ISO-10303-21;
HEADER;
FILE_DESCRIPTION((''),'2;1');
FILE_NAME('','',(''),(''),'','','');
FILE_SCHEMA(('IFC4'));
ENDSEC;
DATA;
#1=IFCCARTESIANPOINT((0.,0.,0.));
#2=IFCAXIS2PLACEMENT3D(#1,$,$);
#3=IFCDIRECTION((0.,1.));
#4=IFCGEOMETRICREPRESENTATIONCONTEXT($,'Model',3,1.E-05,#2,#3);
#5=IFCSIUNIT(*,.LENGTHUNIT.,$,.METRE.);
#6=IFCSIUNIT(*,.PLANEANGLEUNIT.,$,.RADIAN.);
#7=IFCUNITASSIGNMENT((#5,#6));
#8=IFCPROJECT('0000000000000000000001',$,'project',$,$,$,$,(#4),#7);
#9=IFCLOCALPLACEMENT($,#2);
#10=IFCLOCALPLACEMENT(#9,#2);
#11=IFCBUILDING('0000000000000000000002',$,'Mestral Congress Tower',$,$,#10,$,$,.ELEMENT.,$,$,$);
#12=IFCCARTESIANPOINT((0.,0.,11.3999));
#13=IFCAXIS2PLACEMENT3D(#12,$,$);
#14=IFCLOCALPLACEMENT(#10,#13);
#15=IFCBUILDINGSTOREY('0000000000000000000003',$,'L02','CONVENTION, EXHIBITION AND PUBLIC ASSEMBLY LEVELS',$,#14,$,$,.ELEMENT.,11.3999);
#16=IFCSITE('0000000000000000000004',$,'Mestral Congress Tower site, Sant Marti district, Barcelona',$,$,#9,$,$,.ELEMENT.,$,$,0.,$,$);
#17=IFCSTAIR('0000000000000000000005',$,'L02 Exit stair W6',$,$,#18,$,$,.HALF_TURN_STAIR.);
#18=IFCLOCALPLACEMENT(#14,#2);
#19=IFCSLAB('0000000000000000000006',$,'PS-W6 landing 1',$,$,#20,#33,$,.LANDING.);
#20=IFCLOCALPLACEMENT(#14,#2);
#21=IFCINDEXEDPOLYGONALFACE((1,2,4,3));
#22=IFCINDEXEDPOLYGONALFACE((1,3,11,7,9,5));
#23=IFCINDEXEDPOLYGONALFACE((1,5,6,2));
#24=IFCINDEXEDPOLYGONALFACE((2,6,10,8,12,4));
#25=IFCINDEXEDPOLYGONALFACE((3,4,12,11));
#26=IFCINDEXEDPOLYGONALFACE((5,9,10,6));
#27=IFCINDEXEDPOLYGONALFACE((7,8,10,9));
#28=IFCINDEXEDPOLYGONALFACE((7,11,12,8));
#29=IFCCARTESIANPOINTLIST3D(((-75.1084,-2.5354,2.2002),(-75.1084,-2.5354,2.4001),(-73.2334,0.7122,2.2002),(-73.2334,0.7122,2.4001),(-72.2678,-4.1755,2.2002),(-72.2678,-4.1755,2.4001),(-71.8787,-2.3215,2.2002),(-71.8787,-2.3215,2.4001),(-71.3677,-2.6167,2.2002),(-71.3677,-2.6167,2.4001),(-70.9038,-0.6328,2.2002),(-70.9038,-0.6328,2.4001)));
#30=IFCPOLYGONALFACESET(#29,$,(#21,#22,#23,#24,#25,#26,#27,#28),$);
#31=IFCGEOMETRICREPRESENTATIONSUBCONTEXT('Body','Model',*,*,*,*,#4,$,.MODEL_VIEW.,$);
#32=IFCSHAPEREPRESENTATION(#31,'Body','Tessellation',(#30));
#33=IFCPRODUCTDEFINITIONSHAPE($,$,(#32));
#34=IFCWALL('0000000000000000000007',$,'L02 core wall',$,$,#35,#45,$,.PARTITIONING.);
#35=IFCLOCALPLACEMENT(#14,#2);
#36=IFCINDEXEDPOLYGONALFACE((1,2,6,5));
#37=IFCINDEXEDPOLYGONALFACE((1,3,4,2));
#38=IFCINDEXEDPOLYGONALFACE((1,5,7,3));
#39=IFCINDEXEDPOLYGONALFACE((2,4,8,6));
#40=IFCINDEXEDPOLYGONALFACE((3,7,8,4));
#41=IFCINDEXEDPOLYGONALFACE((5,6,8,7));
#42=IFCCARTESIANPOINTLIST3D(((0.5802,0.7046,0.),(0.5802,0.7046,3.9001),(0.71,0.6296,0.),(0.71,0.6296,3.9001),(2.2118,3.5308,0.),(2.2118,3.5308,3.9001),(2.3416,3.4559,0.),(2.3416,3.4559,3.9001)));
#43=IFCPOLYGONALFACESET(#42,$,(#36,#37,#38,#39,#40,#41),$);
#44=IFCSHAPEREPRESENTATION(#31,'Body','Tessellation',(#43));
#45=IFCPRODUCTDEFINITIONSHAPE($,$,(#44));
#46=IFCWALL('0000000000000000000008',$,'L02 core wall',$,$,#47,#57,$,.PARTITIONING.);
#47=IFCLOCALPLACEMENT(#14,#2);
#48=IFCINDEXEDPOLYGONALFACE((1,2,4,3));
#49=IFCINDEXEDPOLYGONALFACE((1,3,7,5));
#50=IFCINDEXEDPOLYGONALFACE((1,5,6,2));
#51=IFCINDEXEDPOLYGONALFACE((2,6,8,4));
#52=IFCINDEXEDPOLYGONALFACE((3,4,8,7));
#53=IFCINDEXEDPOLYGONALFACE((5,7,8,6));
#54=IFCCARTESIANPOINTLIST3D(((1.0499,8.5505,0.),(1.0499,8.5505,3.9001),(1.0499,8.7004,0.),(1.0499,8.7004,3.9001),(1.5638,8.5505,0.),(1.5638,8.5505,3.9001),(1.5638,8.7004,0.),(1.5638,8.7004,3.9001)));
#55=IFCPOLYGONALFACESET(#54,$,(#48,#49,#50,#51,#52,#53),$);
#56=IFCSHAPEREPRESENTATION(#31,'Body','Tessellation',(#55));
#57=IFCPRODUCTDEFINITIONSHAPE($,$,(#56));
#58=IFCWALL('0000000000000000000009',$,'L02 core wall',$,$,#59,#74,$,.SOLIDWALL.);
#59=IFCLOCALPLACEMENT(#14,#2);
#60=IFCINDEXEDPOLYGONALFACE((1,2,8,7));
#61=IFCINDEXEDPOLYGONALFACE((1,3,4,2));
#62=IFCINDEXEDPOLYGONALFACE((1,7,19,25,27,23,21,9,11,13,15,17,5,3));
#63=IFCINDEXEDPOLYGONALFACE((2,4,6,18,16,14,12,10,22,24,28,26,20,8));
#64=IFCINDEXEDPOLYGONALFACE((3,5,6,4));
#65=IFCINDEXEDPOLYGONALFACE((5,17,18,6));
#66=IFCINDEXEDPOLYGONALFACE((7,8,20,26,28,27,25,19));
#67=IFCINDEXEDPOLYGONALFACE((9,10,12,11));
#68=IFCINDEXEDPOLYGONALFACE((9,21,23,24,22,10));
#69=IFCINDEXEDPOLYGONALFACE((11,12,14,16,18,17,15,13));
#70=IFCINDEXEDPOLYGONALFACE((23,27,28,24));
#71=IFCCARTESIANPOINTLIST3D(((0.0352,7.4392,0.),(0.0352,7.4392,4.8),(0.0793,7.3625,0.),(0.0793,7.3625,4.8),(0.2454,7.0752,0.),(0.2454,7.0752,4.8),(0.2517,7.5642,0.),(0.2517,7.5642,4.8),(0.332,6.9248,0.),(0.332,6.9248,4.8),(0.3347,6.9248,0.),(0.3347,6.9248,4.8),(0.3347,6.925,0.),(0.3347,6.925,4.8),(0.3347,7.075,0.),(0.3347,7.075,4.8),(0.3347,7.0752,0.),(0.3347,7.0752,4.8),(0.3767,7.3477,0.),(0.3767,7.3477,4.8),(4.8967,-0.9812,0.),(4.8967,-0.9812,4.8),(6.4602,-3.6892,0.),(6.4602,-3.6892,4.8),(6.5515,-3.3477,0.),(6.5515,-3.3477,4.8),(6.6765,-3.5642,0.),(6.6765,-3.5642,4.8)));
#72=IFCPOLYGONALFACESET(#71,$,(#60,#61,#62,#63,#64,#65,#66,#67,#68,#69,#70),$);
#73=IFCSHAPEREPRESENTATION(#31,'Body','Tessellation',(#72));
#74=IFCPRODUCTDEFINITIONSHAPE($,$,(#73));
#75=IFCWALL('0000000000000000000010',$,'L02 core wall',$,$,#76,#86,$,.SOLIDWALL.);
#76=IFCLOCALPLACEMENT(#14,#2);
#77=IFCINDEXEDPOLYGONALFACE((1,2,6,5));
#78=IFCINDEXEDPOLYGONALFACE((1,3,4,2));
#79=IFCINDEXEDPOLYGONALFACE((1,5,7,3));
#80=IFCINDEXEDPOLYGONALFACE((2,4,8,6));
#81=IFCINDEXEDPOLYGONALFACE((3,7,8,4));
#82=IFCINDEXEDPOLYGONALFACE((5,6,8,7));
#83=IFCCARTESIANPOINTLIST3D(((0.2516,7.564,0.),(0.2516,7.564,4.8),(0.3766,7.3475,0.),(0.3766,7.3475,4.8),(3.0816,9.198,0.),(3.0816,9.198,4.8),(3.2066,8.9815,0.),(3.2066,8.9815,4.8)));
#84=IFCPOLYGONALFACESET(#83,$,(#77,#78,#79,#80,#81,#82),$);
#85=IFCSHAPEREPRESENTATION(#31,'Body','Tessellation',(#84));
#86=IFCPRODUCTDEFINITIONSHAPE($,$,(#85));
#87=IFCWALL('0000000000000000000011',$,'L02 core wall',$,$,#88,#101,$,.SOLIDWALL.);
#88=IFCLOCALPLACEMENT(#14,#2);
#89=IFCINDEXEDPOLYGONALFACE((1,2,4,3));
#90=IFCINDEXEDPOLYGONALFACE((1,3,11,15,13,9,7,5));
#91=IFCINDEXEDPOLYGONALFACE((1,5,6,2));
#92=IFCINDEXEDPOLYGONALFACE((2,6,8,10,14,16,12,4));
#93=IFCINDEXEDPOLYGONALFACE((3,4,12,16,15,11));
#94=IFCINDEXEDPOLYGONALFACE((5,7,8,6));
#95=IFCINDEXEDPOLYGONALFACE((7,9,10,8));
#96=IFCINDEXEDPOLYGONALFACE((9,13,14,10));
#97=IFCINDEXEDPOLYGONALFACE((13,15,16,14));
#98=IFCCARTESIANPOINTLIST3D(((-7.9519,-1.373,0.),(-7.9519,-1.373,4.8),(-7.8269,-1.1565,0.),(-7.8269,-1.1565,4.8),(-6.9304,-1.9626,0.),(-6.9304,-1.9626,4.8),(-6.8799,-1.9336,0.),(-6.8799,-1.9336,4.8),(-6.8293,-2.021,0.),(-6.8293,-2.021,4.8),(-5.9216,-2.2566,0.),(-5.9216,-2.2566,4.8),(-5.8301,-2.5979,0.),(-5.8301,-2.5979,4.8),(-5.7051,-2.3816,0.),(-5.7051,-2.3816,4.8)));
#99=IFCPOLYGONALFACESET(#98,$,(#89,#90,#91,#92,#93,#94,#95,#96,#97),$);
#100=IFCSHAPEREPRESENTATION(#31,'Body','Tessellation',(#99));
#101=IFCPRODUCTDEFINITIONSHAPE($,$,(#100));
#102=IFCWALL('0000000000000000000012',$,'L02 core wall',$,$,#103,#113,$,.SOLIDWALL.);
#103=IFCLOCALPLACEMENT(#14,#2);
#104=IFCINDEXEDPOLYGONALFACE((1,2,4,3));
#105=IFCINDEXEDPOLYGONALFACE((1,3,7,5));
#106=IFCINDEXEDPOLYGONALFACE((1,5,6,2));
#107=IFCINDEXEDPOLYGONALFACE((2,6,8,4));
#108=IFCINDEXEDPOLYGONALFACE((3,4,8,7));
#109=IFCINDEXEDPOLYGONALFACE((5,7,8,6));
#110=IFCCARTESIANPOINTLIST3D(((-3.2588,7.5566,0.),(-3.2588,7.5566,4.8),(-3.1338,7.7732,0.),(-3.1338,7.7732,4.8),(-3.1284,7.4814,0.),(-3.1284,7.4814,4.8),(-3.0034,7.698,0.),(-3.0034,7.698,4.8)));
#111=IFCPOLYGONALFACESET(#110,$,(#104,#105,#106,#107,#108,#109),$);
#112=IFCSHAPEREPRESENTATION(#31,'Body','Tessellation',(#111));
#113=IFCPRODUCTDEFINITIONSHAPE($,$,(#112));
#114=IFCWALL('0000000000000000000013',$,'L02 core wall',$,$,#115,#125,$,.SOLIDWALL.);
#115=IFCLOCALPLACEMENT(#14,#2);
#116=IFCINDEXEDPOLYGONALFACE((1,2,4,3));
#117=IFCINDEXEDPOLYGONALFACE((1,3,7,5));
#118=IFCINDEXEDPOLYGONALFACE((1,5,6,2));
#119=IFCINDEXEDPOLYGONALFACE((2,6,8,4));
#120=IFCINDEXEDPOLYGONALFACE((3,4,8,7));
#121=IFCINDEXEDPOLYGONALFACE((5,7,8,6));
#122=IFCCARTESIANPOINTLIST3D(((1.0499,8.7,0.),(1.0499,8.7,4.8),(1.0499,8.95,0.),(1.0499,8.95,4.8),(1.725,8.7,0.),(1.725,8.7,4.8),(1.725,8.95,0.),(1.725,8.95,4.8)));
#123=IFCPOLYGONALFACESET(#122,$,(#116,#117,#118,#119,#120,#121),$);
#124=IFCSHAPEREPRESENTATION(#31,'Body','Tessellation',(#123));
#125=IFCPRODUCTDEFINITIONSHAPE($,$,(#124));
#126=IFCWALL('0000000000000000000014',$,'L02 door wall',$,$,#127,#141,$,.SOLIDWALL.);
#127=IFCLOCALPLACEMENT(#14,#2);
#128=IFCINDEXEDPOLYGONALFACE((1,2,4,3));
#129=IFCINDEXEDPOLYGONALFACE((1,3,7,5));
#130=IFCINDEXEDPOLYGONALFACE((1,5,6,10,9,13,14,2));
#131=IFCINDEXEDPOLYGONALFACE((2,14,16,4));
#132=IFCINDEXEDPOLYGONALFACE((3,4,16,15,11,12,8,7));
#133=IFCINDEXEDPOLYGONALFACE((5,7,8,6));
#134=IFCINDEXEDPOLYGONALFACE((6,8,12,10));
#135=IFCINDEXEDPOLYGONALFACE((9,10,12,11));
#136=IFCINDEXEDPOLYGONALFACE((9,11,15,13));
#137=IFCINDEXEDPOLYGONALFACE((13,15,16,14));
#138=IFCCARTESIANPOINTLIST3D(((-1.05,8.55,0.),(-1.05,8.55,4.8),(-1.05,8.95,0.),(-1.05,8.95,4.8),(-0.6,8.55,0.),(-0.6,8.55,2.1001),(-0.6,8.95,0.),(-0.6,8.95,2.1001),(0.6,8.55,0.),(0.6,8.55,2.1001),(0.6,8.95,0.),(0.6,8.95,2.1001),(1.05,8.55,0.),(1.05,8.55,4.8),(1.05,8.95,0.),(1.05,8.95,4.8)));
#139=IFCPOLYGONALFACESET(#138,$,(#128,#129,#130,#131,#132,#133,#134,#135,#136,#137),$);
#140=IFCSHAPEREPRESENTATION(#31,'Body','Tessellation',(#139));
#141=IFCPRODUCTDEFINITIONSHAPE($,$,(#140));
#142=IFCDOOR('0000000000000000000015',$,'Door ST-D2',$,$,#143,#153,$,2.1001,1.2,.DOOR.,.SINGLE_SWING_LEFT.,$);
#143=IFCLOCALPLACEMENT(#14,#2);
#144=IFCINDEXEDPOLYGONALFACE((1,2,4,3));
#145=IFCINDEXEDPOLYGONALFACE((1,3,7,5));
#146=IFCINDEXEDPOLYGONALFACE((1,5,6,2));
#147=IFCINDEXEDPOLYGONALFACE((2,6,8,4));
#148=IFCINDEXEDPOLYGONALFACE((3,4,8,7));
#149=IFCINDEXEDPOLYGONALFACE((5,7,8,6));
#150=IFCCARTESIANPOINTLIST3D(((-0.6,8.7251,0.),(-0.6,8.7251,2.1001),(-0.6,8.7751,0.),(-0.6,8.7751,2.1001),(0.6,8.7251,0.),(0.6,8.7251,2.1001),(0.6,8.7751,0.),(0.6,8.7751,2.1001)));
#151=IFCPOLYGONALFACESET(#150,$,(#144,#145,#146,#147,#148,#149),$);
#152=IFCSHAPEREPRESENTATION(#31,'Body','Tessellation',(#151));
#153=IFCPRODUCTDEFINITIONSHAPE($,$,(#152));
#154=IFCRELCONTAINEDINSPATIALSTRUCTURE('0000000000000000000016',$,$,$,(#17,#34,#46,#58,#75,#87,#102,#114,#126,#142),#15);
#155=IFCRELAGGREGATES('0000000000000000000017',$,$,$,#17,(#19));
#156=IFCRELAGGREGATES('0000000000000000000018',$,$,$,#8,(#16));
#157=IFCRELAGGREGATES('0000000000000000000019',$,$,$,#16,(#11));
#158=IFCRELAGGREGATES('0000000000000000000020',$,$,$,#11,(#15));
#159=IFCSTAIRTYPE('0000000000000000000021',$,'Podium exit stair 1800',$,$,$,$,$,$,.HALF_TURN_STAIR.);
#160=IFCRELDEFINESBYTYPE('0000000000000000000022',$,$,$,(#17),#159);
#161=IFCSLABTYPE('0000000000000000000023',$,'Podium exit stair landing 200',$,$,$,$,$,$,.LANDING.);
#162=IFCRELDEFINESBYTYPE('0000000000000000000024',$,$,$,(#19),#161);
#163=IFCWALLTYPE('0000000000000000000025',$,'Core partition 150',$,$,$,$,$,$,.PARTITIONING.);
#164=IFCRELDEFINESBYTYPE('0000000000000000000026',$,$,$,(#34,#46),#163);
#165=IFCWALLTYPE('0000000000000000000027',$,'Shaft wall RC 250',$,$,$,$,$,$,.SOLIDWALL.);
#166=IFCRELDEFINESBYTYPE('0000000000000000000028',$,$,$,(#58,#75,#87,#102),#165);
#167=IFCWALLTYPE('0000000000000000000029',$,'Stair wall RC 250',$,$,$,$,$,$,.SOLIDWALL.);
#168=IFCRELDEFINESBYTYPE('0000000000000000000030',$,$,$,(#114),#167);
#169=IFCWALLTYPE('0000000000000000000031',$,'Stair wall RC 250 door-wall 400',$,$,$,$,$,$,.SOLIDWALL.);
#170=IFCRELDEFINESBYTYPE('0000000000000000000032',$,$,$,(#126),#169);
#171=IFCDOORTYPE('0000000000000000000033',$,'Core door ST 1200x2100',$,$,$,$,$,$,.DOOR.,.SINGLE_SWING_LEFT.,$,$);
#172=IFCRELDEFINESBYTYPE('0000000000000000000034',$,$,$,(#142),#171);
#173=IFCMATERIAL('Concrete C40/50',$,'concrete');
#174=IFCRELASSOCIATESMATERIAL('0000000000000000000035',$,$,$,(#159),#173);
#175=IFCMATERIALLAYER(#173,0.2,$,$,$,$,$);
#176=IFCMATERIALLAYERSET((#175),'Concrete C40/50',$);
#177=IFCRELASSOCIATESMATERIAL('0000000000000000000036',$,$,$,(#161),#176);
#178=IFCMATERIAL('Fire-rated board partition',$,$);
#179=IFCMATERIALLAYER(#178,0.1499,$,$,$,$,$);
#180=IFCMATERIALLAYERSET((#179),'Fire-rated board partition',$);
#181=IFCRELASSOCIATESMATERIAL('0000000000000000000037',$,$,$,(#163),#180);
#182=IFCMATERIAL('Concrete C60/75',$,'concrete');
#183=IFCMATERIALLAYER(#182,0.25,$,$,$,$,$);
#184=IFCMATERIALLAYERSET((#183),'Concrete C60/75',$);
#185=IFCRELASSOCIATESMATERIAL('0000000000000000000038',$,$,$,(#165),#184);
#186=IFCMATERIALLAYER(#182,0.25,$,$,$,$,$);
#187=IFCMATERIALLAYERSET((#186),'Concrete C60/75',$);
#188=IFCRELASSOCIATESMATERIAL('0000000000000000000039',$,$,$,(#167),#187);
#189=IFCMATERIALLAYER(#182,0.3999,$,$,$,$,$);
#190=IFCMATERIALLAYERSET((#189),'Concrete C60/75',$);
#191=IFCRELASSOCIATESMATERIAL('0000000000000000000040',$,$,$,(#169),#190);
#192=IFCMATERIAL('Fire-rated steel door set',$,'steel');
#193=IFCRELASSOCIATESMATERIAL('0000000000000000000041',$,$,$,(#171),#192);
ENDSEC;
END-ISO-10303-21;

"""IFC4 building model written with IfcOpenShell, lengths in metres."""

from ifc_helpers import new_model, si_unit, direction, frame, frame_2d, origin, place, context, subcontext, project, spatial, polyline, rectangle, outline, extrude, material, layer, layer_set, type_object, element, fill, aggregate, save


model = new_model("IFC4")

# Units and contexts
model_context = context("Model", 3, precision=1e-05, world=origin(), true_north=direction((0.0, 1.0)))
body_context = subcontext(model_context, "Body", "Model", "MODEL_VIEW")
ifc_project = project(units=[si_unit("LENGTHUNIT", "METRE"), si_unit("PLANEANGLEUNIT", "RADIAN")], contexts=[model_context])

# Site, building, storey
site_placement = place(None, origin())
site = spatial("IfcSite", under=ifc_project, at=site_placement, Name="Mestral Congress Tower site, Sant Marti district, Barcelona", CompositionType="ELEMENT", RefElevation=0.0)
building_placement = place(site_placement, origin())
building = spatial("IfcBuilding", under=site, at=building_placement, Name="Mestral Congress Tower", CompositionType="ELEMENT")
storey_placement = place(building_placement, frame((0.0, 0.0, 11.3999)))
storey = spatial("IfcBuildingStorey", under=building, at=storey_placement, Name="L02", Description="CONVENTION, EXHIBITION AND PUBLIC ASSEMBLY LEVELS", CompositionType="ELEMENT", Elevation=11.3999)

# Shared definitions
ifc_material_1 = material(Name="Concrete C40/50", Category="concrete")

# Stair, slab
stair_type = type_object("IfcStairType", Name="Podium exit stair 1800", PredefinedType="HALF_TURN_STAIR", material=ifc_material_1)
placement_1 = place(storey_placement, origin())
ifc_layer_1 = layer(ifc_material_1, 0.2)
ifc_layer_set_1 = layer_set([ifc_layer_1], Name="Concrete C40/50")
slab_type_1 = type_object("IfcSlabType", Name="Podium exit stair landing 200", PredefinedType="LANDING", material=ifc_layer_set_1)
placement_2 = place(storey_placement, frame((0.0, 0.0, 2.2002)))
stair_1 = element("IfcStair", 1, at=placement_1, inside=storey, type_object=stair_type, Name="L02 Exit stair W6", PredefinedType="HALF_TURN_STAIR")
slab_1 = element("IfcSlab", 2, at=placement_2, type_object=slab_type_1, Name="PS-W6 landing 1", PredefinedType="LANDING", context=body_context, shape_type="SweptSolid", body=[
    extrude(outline(polyline([(-71.3677, -2.6167), (-72.2678, -4.1755), (-75.1084, -2.5354), (-73.2334, 0.7122), (-70.9038, -0.6328), (-71.8787, -2.3215), (-71.3677, -2.6167)])), origin(), (0.0, 0.0, 1.0), 0.2),
])
aggregate(stair_1, [slab_1])

# Walls
ifc_material_2 = material(Name="Fire-rated board partition")
ifc_layer_2 = layer(ifc_material_2, 0.1499)
ifc_layer_set_2 = layer_set([ifc_layer_2], Name="Fire-rated board partition")
wall_type_1 = type_object("IfcWallType", Name="Core partition 150", PredefinedType="PARTITIONING", material=ifc_layer_set_2)
wall_1_placement = place(storey_placement, frame((0.645, 0.667, 0.0), z_axis=(0.0, 0.0, 1.0), x_axis=(0.499977, 0.866039, 0.0)))
element("IfcWall", 3, at=wall_1_placement, inside=storey, type_object=wall_type_1, Name="L02 core wall", PredefinedType="PARTITIONING", context=body_context, shape_type="SweptSolid", body=[
    extrude(rectangle(XDim=3.2634, YDim=0.1499, at=frame_2d((1.6318, 0.0))), origin(), (0.0, 0.0, 1.0), 3.9001),
])
wall_2_placement = place(storey_placement, frame((1.05, 8.6255, 0.0), z_axis=(0.0, 0.0, 1.0), x_axis=(1.0, 0.0, 0.0)))
element("IfcWall", 4, at=wall_2_placement, inside=storey, type_object=wall_type_1, Name="L02 core wall", PredefinedType="PARTITIONING", context=body_context, shape_type="SweptSolid", body=[
    extrude(rectangle(XDim=0.5139, YDim=0.1499, at=frame_2d((0.2568, 0.0))), origin(), (0.0, 0.0, 1.0), 3.9001),
])
ifc_material_3 = material(Name="Concrete C60/75", Category="concrete")
ifc_layer_3 = layer(ifc_material_3, 0.25)
ifc_layer_set_3 = layer_set([ifc_layer_3], Name="Concrete C60/75")
wall_type_2 = type_object("IfcWallType", Name="Shaft wall RC 250", PredefinedType="SOLIDWALL", material=ifc_layer_set_3)
element("IfcWall", 5, at=placement_1, inside=storey, type_object=wall_type_2, Name="L02 core wall", PredefinedType="SOLIDWALL", context=body_context, shape_type="SweptSolid", body=[
    extrude(outline(polyline([(6.5515, -3.3477), (6.6765, -3.5642), (6.4602, -3.6892), (4.8967, -0.9812), (0.332, 6.9248), (0.3347, 6.9248), (0.3347, 6.925), (0.3347, 6.925), (0.3347, 7.075), (0.3347, 7.075), (0.3347, 7.0752), (0.2454, 7.0752), (0.0793, 7.3625), (0.0352, 7.4392), (0.2517, 7.5642), (0.3767, 7.3477), (6.5515, -3.3477)])), origin(), (0.0, 0.0, 1.0), 4.8),
])
wall_3_placement = place(storey_placement, frame((0.3142, 7.4558, 0.0), z_axis=(0.0, 0.0, 1.0), x_axis=(0.866014, 0.50002, 0.0)))
element("IfcWall", 6, at=wall_3_placement, inside=storey, type_object=wall_type_2, Name="L02 core wall", PredefinedType="SOLIDWALL", context=body_context, shape_type="SweptSolid", body=[
    extrude(rectangle(XDim=3.2678, YDim=0.25, at=frame_2d((1.6338, 0.0))), origin(), (0.0, 0.0, 1.0), 4.8),
])
element("IfcWall", 7, at=placement_1, inside=storey, type_object=wall_type_2, Name="L02 core wall", PredefinedType="SOLIDWALL", context=body_context, shape_type="SweptSolid", body=[
    extrude(outline(polyline([(-5.9216, -2.2566), (-5.9216, -2.2566), (-5.7051, -2.3816), (-5.8301, -2.5979), (-6.8293, -2.021), (-6.8799, -1.9336), (-6.8799, -1.9336), (-6.9304, -1.9626), (-7.9519, -1.373), (-7.8269, -1.1565), (-5.9216, -2.2566)])), origin(), (0.0, 0.0, 1.0), 4.8),
])
element("IfcWall", 8, at=placement_1, inside=storey, type_object=wall_type_2, Name="L02 core wall", PredefinedType="SOLIDWALL", context=body_context, shape_type="SweptSolid", body=[
    extrude(outline(polyline([(-3.1284, 7.4814), (-3.2588, 7.5566), (-3.1338, 7.7732), (-3.0034, 7.698), (-3.1284, 7.4814)])), origin(), (0.0, 0.0, 1.0), 4.8),
])
ifc_layer_4 = layer(ifc_material_3, 0.25)
ifc_layer_set_4 = layer_set([ifc_layer_4], Name="Concrete C60/75")
wall_type_3 = type_object("IfcWallType", Name="Stair wall RC 250", PredefinedType="SOLIDWALL", material=ifc_layer_set_4)
wall_4_placement = place(storey_placement, frame((1.05, 8.825, 0.0), z_axis=(0.0, 0.0, 1.0), x_axis=(1.0, 0.0, 0.0)))
element("IfcWall", 9, at=wall_4_placement, inside=storey, type_object=wall_type_3, Name="L02 core wall", PredefinedType="SOLIDWALL", context=body_context, shape_type="SweptSolid", body=[
    extrude(rectangle(XDim=0.675, YDim=0.25, at=frame_2d((0.3374, 0.0))), origin(), (0.0, 0.0, 1.0), 4.8),
])

# Wall, opening, door
ifc_layer_5 = layer(ifc_material_3, 0.3999)
ifc_layer_set_5 = layer_set([ifc_layer_5], Name="Concrete C60/75")
wall_type_4 = type_object("IfcWallType", Name="Stair wall RC 250 door-wall 400", PredefinedType="SOLIDWALL", material=ifc_layer_set_5)
wall_5_placement = place(storey_placement, frame((1.05, 8.75, 0.0), z_axis=(0.0, 0.0, 1.0), x_axis=(-1.0, 0.0, 0.0)))
wall_5 = element("IfcWall", 10, at=wall_5_placement, inside=storey, type_object=wall_type_4, Name="L02 door wall", PredefinedType="SOLIDWALL", context=body_context, shape_type="SweptSolid", body=[
    extrude(rectangle(XDim=2.1001, YDim=0.3999, at=frame_2d((1.05, 0.0))), origin(), (0.0, 0.0, 1.0), 4.8),
])
opening_placement = place(wall_5_placement, frame((0.45, 0.0, 0.0)))
opening = element("IfcOpeningElement", 11, at=opening_placement, cuts=wall_5, PredefinedType="OPENING", context=body_context, shape_type="SweptSolid", body=[
    extrude(rectangle(XDim=1.2, YDim=2.1001, at=frame_2d((0.6001, 1.05))), frame((0.0, 0.21, 0.0), z_axis=(0.0, -1.0, 0.0), x_axis=(1.0, 0.0, 0.0)), (0.0, 0.0, 1.0), 0.4199),
])
ifc_material_4 = material(Name="Fire-rated steel door set", Category="steel")
door_type = type_object("IfcDoorType", Name="Core door ST 1200x2100", OperationType="SINGLE_SWING_LEFT", PredefinedType="DOOR", material=ifc_material_4)
door_placement = place(opening_placement, origin())
door = element("IfcDoor", 12, at=door_placement, inside=storey, type_object=door_type, Name="Door ST-D2", OperationType="SINGLE_SWING_LEFT", OverallHeight=2.1001, OverallWidth=1.2, PredefinedType="DOOR", context=body_context, shape_type="SweptSolid", body=[
    extrude(rectangle(XDim=1.2, YDim=2.1001, at=frame_2d((0.6001, 1.05))), frame((0.0, 0.0249, 0.0), z_axis=(0.0, -1.0, 0.0), x_axis=(1.0, 0.0, 0.0)), (0.0, 0.0, 1.0), 0.05),
])
fill(opening, door)

save(model, "model.ifc")
